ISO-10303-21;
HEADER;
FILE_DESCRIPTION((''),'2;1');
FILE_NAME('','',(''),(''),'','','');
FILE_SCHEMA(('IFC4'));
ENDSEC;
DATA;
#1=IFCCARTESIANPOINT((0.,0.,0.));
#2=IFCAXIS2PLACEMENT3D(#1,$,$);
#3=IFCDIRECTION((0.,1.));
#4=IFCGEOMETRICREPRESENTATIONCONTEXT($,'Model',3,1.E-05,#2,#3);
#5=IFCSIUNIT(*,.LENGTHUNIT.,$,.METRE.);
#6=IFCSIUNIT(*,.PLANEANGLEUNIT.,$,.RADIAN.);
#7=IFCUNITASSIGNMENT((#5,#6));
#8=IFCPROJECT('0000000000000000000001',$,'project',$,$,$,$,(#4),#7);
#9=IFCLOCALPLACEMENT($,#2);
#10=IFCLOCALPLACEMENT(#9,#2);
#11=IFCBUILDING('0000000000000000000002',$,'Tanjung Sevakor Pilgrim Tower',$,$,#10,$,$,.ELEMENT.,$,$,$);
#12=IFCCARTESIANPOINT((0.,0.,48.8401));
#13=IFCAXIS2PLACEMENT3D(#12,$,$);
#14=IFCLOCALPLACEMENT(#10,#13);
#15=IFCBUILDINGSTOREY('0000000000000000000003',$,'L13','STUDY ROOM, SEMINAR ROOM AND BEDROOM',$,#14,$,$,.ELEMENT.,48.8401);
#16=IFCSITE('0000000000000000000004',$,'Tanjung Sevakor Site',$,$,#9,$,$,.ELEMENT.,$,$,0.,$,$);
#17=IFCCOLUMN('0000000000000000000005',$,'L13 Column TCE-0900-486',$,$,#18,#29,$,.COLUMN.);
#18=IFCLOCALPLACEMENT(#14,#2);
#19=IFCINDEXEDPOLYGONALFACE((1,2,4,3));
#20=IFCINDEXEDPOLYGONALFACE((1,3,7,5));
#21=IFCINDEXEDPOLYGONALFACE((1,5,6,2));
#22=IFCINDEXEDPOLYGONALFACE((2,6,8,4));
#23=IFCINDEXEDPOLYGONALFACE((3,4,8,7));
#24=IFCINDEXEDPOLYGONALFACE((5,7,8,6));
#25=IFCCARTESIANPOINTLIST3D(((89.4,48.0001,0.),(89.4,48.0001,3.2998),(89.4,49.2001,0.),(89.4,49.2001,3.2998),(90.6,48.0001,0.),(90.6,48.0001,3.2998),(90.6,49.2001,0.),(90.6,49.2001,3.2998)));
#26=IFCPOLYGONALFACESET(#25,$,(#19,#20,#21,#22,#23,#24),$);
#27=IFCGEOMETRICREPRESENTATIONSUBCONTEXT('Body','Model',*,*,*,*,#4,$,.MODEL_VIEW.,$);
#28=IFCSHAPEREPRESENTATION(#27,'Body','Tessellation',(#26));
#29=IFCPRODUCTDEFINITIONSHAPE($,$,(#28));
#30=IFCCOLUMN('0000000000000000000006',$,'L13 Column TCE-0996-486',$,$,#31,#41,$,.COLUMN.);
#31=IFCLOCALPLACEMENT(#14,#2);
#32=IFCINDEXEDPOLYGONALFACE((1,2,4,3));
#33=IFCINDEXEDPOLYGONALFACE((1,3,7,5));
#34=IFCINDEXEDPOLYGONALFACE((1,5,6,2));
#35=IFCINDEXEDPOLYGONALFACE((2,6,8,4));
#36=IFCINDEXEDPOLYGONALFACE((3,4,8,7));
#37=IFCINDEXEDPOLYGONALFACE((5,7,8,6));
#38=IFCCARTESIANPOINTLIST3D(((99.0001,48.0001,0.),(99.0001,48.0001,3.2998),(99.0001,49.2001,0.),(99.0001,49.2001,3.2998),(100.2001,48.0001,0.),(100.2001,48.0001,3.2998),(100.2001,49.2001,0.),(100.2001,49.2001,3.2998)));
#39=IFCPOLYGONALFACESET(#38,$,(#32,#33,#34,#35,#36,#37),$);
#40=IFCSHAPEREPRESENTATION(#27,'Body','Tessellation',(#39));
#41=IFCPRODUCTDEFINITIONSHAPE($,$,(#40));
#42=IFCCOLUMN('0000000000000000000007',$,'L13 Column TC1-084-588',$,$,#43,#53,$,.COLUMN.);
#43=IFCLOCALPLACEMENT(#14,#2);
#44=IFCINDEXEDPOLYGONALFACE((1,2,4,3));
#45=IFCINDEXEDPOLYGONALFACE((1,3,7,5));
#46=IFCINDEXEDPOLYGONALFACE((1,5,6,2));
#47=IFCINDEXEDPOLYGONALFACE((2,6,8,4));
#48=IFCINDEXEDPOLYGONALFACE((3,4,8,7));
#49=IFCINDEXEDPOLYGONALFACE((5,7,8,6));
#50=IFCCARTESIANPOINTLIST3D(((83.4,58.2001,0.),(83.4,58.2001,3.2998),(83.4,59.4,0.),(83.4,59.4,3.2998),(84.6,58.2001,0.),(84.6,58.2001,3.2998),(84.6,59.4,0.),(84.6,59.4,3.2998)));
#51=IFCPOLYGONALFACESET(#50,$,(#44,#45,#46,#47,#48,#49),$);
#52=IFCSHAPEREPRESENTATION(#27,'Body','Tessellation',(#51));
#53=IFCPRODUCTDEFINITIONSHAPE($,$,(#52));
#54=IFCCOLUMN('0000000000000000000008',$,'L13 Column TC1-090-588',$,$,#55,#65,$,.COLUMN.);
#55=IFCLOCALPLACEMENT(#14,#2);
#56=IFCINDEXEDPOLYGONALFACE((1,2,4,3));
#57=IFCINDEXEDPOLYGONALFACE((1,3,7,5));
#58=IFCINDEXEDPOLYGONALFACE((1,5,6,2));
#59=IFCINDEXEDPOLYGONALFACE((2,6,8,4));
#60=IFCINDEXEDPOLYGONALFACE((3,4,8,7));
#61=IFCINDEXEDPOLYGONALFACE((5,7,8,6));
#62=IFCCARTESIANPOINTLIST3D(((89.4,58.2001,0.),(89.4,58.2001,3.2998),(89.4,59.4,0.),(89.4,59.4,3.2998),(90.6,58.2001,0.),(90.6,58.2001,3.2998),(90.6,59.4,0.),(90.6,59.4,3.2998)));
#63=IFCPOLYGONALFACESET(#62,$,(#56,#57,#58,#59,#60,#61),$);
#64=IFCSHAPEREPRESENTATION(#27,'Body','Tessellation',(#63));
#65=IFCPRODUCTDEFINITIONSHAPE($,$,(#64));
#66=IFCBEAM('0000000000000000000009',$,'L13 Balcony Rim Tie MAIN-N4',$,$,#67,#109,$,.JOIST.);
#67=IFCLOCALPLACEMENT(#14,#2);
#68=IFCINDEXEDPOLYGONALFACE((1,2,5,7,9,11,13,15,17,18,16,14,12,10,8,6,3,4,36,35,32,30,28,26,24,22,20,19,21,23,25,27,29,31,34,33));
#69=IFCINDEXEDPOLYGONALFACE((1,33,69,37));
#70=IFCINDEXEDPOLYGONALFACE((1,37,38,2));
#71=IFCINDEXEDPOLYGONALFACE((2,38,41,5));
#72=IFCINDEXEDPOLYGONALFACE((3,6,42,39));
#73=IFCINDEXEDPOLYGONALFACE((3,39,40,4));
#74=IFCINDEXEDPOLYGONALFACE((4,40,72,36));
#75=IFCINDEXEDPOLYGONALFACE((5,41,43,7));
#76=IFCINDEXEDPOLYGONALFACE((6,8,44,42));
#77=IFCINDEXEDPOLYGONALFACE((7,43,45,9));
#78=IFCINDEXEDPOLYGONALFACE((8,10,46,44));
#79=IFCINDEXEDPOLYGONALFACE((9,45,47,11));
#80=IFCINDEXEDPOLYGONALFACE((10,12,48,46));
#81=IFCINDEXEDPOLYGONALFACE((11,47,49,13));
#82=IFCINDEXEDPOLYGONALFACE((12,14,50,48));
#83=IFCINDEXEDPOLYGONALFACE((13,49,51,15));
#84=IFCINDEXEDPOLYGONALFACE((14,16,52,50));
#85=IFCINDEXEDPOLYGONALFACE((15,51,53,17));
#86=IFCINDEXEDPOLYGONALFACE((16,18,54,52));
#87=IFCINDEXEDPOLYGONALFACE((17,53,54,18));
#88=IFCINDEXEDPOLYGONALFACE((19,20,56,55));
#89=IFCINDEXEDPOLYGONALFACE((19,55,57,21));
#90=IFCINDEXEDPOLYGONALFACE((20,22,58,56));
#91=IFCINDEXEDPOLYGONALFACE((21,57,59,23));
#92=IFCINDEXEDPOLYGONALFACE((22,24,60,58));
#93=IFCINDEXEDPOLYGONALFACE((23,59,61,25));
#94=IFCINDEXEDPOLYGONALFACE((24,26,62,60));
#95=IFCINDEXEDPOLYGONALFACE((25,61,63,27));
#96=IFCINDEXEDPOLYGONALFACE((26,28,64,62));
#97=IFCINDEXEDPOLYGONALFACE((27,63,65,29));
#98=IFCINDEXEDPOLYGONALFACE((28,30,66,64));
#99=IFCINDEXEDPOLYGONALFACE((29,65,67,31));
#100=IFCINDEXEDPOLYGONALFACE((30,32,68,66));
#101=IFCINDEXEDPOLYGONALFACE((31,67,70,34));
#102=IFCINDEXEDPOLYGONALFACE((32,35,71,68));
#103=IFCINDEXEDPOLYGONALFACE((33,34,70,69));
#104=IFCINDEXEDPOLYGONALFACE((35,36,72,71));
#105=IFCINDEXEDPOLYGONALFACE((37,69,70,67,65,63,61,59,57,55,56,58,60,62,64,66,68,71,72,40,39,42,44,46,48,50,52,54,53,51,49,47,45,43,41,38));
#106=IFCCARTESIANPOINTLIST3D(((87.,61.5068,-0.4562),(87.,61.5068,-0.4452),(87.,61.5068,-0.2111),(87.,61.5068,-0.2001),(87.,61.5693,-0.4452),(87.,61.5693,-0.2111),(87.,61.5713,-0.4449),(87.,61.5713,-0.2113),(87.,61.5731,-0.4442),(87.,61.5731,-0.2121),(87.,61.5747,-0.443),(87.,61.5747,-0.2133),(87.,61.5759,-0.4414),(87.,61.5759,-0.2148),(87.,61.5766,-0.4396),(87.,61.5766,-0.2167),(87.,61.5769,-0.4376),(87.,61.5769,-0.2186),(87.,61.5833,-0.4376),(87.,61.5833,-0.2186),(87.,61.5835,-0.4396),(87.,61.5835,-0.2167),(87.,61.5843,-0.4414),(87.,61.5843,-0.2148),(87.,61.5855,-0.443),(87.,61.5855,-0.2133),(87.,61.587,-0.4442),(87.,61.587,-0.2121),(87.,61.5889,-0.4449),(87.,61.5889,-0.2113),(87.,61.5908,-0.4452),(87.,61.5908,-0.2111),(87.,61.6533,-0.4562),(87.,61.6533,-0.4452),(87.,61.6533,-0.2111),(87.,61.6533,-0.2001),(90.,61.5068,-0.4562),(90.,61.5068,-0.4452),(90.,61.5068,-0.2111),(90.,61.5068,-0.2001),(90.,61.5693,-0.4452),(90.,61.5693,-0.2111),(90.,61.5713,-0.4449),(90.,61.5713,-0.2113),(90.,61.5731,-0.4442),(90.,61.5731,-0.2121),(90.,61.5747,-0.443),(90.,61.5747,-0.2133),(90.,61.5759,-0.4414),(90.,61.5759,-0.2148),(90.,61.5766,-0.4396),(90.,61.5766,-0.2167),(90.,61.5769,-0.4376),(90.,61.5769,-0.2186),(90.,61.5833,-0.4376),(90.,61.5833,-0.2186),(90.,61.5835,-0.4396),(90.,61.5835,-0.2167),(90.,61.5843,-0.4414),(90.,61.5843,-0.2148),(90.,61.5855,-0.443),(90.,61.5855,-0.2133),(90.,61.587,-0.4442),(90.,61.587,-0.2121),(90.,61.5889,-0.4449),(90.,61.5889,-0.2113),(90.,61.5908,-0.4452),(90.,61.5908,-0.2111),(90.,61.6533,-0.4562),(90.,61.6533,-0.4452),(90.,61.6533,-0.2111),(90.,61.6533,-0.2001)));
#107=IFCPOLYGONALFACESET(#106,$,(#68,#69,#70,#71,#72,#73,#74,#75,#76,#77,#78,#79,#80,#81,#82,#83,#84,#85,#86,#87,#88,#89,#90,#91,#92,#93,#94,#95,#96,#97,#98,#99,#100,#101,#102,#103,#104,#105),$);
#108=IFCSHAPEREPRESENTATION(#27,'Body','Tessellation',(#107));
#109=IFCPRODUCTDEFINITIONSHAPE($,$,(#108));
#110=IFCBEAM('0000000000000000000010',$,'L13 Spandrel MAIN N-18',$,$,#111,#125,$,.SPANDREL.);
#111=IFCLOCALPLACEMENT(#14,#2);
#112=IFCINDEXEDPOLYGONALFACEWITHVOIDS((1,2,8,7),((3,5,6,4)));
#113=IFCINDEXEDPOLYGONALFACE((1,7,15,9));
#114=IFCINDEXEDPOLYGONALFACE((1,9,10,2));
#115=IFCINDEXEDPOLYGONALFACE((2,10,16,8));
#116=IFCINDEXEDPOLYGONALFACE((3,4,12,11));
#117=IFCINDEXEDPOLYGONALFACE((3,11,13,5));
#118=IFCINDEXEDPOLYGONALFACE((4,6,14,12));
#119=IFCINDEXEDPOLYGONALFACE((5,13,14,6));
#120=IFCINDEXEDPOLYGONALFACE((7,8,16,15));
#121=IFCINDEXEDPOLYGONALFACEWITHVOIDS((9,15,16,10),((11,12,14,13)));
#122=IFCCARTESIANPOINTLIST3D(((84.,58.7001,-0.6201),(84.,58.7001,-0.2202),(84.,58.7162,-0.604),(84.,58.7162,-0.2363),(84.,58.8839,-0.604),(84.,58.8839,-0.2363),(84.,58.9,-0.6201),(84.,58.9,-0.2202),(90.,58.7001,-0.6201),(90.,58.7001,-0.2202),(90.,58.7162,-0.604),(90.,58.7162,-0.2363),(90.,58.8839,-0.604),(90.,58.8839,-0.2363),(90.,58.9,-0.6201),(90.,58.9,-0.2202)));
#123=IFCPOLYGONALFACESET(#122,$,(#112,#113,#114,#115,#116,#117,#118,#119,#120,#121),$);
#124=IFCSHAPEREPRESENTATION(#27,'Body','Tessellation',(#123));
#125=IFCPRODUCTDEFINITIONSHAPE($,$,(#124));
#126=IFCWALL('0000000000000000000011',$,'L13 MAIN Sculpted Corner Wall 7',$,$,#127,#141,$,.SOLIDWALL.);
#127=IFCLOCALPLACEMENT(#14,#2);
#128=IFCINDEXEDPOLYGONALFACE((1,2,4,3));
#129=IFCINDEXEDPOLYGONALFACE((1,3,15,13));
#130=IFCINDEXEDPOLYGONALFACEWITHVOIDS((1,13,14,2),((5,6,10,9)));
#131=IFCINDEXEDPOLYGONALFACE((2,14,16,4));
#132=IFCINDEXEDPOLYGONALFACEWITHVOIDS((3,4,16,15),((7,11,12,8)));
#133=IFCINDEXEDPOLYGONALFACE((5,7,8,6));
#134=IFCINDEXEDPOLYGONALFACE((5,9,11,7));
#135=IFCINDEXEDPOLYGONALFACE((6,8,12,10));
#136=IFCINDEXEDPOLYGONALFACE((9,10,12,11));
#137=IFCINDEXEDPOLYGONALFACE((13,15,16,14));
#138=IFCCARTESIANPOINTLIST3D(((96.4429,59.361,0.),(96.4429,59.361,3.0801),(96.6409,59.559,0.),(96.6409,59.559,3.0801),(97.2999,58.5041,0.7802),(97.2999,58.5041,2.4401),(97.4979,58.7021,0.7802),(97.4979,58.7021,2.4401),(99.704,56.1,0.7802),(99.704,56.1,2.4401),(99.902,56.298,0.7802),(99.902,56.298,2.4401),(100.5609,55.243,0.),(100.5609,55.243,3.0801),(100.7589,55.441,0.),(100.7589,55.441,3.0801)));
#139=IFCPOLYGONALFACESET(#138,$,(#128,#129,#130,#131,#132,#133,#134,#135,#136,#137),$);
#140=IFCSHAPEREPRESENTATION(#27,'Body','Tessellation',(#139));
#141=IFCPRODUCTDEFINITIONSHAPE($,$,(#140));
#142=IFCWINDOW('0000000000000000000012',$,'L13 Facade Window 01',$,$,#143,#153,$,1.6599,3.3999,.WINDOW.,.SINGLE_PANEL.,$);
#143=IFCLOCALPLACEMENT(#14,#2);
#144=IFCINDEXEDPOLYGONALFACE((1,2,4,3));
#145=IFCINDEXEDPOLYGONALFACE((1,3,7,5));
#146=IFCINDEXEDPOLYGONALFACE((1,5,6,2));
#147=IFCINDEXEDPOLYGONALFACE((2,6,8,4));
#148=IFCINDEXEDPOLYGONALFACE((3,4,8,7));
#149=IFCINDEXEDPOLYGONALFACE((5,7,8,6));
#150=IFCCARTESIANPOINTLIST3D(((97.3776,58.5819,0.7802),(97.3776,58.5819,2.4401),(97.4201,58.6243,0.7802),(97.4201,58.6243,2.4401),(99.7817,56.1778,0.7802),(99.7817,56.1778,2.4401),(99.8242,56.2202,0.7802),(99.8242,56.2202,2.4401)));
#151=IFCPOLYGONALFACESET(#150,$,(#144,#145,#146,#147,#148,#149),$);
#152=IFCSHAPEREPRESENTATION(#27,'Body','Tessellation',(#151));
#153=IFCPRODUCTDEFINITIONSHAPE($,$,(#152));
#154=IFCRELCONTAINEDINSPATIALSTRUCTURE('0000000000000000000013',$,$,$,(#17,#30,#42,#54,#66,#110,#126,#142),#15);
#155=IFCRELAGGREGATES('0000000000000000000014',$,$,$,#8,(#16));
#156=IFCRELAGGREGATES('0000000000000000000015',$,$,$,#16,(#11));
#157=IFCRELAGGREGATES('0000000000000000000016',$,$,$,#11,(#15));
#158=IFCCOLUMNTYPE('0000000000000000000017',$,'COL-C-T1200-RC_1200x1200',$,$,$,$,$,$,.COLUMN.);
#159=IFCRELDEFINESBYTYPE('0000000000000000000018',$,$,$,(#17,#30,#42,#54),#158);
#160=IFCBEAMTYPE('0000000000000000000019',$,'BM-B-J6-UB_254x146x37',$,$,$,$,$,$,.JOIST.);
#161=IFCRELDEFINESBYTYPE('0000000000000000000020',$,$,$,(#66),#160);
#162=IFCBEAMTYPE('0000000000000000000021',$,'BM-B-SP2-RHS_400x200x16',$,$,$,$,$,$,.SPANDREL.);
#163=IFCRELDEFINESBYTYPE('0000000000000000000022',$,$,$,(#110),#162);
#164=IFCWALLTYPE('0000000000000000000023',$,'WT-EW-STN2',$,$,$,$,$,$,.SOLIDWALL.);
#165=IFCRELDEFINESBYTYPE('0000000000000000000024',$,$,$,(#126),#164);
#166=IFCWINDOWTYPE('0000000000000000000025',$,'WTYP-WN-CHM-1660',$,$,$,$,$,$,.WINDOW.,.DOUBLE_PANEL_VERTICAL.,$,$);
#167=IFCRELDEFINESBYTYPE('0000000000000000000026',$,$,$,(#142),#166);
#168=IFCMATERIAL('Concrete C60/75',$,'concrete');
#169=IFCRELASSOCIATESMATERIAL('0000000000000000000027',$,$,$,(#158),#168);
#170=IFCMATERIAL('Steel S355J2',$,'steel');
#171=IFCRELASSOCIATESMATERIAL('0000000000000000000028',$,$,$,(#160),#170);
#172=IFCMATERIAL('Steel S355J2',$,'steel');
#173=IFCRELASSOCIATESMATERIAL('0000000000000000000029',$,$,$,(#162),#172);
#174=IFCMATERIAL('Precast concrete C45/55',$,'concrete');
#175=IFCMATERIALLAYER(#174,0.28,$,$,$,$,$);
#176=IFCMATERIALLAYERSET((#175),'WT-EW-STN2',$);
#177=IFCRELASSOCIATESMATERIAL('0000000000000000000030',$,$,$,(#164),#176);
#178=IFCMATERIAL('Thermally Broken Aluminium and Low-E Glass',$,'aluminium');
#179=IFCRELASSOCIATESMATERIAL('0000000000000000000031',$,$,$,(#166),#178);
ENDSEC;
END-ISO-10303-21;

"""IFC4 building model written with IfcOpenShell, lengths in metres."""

from ifc_helpers import new_model, si_unit, direction, frame, frame_2d, origin, origin_2d, place, context, subcontext, project, spatial, rectangle, hollow_rectangle, i_section, extrude, material, layer, layer_set, material_profile, profile_set, type_object, element, fill, save


model = new_model("IFC4")

# Units and contexts
model_context = context("Model", 3, precision=1e-05, world=origin(), true_north=direction((0.0, 1.0)))
body_context = subcontext(model_context, "Body", "Model", "MODEL_VIEW")
ifc_project = project(units=[si_unit("LENGTHUNIT", "METRE"), si_unit("PLANEANGLEUNIT", "RADIAN")], contexts=[model_context])

# Site, building, storey
site_placement = place(None, origin())
site = spatial("IfcSite", under=ifc_project, at=site_placement, Name="Tanjung Sevakor Site", CompositionType="ELEMENT", RefElevation=0.0)
building_placement = place(site_placement, origin())
building = spatial("IfcBuilding", under=site, at=building_placement, Name="Tanjung Sevakor Pilgrim Tower", CompositionType="ELEMENT")
storey_placement = place(building_placement, frame((0.0, 0.0, 48.8401)))
storey = spatial("IfcBuildingStorey", under=building, at=storey_placement, Name="L13", Description="STUDY ROOM, SEMINAR ROOM AND BEDROOM", CompositionType="ELEMENT", Elevation=48.8401)

# Columns
ifc_material_1 = material(Name="Concrete C60/75", Category="concrete")
ifc_material_profile_1 = material_profile(ifc_material_1, rectangle(XDim=1.2, YDim=1.2, at=origin_2d()))
ifc_profile_set_1 = profile_set([ifc_material_profile_1], Name="Concrete C60/75")
column_type = type_object("IfcColumnType", Name="COL-C-T1200-RC_1200x1200", PredefinedType="COLUMN", material=ifc_profile_set_1)
for number, where, z_axis, x_axis, name in (
    (1, (90.0, 48.6001, 0.0), (0.0, 0.0, 1.0), (1.0, 0.0, 0.0), "L13 Column TCE-0900-486"),
    (2, (99.6001, 48.6001, 0.0), (0.0, 0.0, 1.0), (1.0, 0.0, 0.0), "L13 Column TCE-0996-486"),
    (3, (84.0, 58.8, 0.0), (0.0, 0.0, 1.0), (1.0, 0.0, 0.0), "L13 Column TC1-084-588"),
    (4, (90.0, 58.8, 0.0), (0.0, 0.0, 1.0), (1.0, 0.0, 0.0), "L13 Column TC1-090-588"),
):
    element("IfcColumn", number, at=place(storey_placement, frame(where, z_axis=z_axis, x_axis=x_axis)), inside=storey, type_object=column_type, Name=name, PredefinedType="COLUMN", context=body_context, shape_type="SweptSolid", body=[
        extrude(rectangle(XDim=1.2, YDim=1.2, at=origin_2d()), origin(), (0.0, 0.0, 1.0), 3.2998),
    ])

# Beams
ifc_material_2 = material(Name="Steel S355J2", Category="steel")
ifc_material_profile_2 = material_profile(ifc_material_2, i_section(OverallWidth=0.1465, OverallDepth=0.2561, WebThickness=0.0063, FlangeThickness=0.011, FilletRadius=0.0076, at=origin_2d()))
ifc_profile_set_2 = profile_set([ifc_material_profile_2], Name="Steel S355J2")
beam_type_1 = type_object("IfcBeamType", Name="BM-B-J6-UB_254x146x37", PredefinedType="JOIST", material=ifc_profile_set_2)
beam_1_placement = place(storey_placement, frame((87.0, 61.5801, -0.3281), z_axis=(1.0, 0.0, 0.0), x_axis=(0.0, 1.0, 0.0)))
element("IfcBeam", 5, at=beam_1_placement, inside=storey, type_object=beam_type_1, Name="L13 Balcony Rim Tie MAIN-N4", PredefinedType="JOIST", context=body_context, shape_type="SweptSolid", body=[
    extrude(i_section(OverallWidth=0.1465, OverallDepth=0.2561, WebThickness=0.0063, FlangeThickness=0.011, FilletRadius=0.0076, at=origin_2d()), origin(), (0.0, 0.0, 1.0), 3.0),
])
ifc_material_3 = material(Name="Steel S355J2", Category="steel")
ifc_material_profile_3 = material_profile(ifc_material_3, hollow_rectangle(XDim=0.2, YDim=0.3999, WallThickness=0.0161, at=origin_2d()))
ifc_profile_set_3 = profile_set([ifc_material_profile_3], Name="Steel S355J2")
beam_type_2 = type_object("IfcBeamType", Name="BM-B-SP2-RHS_400x200x16", PredefinedType="SPANDREL", material=ifc_profile_set_3)
beam_2_placement = place(storey_placement, frame((84.0, 58.8, -0.4202), z_axis=(1.0, 0.0, 0.0), x_axis=(0.0, 1.0, 0.0)))
element("IfcBeam", 6, at=beam_2_placement, inside=storey, type_object=beam_type_2, Name="L13 Spandrel MAIN N-18", PredefinedType="SPANDREL", context=body_context, shape_type="SweptSolid", body=[
    extrude(hollow_rectangle(XDim=0.2, YDim=0.3999, WallThickness=0.0161, at=origin_2d()), origin(), (0.0, 0.0, 1.0), 6.0),
])

# Wall, opening, window
ifc_material_4 = material(Name="Precast concrete C45/55", Category="concrete")
ifc_layer_1 = layer(ifc_material_4, 0.28)
ifc_layer_set_1 = layer_set([ifc_layer_1], Name="WT-EW-STN2")
wall_type = type_object("IfcWallType", Name="WT-EW-STN2", PredefinedType="SOLIDWALL", material=ifc_layer_set_1)
wall_1_placement = place(storey_placement, frame((100.6599, 55.342, 0.0), z_axis=(0.0, 0.0, 1.0), x_axis=(-0.707107, 0.707107, 0.0)))
wall_1 = element("IfcWall", 7, at=wall_1_placement, inside=storey, type_object=wall_type, Name="L13 MAIN Sculpted Corner Wall 7", PredefinedType="SOLIDWALL", context=body_context, shape_type="SweptSolid", body=[
    extrude(rectangle(XDim=5.8237, YDim=0.28, at=frame_2d((2.9119, 0.0))), origin(), (0.0, 0.0, 1.0), 3.0801),
])
opening_1_placement = place(wall_1_placement, frame((1.2119, 0.0, 0.78)))
opening_1 = element("IfcOpeningElement", 8, at=opening_1_placement, cuts=wall_1, PredefinedType="OPENING", context=body_context, shape_type="SweptSolid", body=[
    extrude(rectangle(XDim=3.3999, YDim=1.6599, at=frame_2d((1.7, 0.8301))), frame((0.0, 0.1499, 0.0), z_axis=(0.0, -1.0, 0.0), x_axis=(1.0, 0.0, 0.0)), (0.0, 0.0, 1.0), 0.3),
])
ifc_material_5 = material(Name="Thermally Broken Aluminium and Low-E Glass", Category="aluminium")
window_type_1 = type_object("IfcWindowType", Name="WTYP-WN-CHM-1660", PartitioningType="DOUBLE_PANEL_VERTICAL", PredefinedType="WINDOW", material=ifc_material_5)
window_1_placement = place(opening_1_placement, origin())
window_1 = element("IfcWindow", 9, at=window_1_placement, inside=storey, type_object=window_type_1, Name="L13 Facade Window 01", OverallHeight=1.6599, OverallWidth=3.3999, PartitioningType="SINGLE_PANEL", PredefinedType="WINDOW", context=body_context, shape_type="SweptSolid", body=[
    extrude(rectangle(XDim=3.3999, YDim=1.6599, at=frame_2d((1.7, 0.8301))), frame((0.0, 0.03, 0.0), z_axis=(0.0, -1.0, 0.0), x_axis=(1.0, 0.0, 0.0)), (0.0, 0.0, 1.0), 0.0601),
])
fill(opening_1, window_1)

save(model, "model.ifc")
